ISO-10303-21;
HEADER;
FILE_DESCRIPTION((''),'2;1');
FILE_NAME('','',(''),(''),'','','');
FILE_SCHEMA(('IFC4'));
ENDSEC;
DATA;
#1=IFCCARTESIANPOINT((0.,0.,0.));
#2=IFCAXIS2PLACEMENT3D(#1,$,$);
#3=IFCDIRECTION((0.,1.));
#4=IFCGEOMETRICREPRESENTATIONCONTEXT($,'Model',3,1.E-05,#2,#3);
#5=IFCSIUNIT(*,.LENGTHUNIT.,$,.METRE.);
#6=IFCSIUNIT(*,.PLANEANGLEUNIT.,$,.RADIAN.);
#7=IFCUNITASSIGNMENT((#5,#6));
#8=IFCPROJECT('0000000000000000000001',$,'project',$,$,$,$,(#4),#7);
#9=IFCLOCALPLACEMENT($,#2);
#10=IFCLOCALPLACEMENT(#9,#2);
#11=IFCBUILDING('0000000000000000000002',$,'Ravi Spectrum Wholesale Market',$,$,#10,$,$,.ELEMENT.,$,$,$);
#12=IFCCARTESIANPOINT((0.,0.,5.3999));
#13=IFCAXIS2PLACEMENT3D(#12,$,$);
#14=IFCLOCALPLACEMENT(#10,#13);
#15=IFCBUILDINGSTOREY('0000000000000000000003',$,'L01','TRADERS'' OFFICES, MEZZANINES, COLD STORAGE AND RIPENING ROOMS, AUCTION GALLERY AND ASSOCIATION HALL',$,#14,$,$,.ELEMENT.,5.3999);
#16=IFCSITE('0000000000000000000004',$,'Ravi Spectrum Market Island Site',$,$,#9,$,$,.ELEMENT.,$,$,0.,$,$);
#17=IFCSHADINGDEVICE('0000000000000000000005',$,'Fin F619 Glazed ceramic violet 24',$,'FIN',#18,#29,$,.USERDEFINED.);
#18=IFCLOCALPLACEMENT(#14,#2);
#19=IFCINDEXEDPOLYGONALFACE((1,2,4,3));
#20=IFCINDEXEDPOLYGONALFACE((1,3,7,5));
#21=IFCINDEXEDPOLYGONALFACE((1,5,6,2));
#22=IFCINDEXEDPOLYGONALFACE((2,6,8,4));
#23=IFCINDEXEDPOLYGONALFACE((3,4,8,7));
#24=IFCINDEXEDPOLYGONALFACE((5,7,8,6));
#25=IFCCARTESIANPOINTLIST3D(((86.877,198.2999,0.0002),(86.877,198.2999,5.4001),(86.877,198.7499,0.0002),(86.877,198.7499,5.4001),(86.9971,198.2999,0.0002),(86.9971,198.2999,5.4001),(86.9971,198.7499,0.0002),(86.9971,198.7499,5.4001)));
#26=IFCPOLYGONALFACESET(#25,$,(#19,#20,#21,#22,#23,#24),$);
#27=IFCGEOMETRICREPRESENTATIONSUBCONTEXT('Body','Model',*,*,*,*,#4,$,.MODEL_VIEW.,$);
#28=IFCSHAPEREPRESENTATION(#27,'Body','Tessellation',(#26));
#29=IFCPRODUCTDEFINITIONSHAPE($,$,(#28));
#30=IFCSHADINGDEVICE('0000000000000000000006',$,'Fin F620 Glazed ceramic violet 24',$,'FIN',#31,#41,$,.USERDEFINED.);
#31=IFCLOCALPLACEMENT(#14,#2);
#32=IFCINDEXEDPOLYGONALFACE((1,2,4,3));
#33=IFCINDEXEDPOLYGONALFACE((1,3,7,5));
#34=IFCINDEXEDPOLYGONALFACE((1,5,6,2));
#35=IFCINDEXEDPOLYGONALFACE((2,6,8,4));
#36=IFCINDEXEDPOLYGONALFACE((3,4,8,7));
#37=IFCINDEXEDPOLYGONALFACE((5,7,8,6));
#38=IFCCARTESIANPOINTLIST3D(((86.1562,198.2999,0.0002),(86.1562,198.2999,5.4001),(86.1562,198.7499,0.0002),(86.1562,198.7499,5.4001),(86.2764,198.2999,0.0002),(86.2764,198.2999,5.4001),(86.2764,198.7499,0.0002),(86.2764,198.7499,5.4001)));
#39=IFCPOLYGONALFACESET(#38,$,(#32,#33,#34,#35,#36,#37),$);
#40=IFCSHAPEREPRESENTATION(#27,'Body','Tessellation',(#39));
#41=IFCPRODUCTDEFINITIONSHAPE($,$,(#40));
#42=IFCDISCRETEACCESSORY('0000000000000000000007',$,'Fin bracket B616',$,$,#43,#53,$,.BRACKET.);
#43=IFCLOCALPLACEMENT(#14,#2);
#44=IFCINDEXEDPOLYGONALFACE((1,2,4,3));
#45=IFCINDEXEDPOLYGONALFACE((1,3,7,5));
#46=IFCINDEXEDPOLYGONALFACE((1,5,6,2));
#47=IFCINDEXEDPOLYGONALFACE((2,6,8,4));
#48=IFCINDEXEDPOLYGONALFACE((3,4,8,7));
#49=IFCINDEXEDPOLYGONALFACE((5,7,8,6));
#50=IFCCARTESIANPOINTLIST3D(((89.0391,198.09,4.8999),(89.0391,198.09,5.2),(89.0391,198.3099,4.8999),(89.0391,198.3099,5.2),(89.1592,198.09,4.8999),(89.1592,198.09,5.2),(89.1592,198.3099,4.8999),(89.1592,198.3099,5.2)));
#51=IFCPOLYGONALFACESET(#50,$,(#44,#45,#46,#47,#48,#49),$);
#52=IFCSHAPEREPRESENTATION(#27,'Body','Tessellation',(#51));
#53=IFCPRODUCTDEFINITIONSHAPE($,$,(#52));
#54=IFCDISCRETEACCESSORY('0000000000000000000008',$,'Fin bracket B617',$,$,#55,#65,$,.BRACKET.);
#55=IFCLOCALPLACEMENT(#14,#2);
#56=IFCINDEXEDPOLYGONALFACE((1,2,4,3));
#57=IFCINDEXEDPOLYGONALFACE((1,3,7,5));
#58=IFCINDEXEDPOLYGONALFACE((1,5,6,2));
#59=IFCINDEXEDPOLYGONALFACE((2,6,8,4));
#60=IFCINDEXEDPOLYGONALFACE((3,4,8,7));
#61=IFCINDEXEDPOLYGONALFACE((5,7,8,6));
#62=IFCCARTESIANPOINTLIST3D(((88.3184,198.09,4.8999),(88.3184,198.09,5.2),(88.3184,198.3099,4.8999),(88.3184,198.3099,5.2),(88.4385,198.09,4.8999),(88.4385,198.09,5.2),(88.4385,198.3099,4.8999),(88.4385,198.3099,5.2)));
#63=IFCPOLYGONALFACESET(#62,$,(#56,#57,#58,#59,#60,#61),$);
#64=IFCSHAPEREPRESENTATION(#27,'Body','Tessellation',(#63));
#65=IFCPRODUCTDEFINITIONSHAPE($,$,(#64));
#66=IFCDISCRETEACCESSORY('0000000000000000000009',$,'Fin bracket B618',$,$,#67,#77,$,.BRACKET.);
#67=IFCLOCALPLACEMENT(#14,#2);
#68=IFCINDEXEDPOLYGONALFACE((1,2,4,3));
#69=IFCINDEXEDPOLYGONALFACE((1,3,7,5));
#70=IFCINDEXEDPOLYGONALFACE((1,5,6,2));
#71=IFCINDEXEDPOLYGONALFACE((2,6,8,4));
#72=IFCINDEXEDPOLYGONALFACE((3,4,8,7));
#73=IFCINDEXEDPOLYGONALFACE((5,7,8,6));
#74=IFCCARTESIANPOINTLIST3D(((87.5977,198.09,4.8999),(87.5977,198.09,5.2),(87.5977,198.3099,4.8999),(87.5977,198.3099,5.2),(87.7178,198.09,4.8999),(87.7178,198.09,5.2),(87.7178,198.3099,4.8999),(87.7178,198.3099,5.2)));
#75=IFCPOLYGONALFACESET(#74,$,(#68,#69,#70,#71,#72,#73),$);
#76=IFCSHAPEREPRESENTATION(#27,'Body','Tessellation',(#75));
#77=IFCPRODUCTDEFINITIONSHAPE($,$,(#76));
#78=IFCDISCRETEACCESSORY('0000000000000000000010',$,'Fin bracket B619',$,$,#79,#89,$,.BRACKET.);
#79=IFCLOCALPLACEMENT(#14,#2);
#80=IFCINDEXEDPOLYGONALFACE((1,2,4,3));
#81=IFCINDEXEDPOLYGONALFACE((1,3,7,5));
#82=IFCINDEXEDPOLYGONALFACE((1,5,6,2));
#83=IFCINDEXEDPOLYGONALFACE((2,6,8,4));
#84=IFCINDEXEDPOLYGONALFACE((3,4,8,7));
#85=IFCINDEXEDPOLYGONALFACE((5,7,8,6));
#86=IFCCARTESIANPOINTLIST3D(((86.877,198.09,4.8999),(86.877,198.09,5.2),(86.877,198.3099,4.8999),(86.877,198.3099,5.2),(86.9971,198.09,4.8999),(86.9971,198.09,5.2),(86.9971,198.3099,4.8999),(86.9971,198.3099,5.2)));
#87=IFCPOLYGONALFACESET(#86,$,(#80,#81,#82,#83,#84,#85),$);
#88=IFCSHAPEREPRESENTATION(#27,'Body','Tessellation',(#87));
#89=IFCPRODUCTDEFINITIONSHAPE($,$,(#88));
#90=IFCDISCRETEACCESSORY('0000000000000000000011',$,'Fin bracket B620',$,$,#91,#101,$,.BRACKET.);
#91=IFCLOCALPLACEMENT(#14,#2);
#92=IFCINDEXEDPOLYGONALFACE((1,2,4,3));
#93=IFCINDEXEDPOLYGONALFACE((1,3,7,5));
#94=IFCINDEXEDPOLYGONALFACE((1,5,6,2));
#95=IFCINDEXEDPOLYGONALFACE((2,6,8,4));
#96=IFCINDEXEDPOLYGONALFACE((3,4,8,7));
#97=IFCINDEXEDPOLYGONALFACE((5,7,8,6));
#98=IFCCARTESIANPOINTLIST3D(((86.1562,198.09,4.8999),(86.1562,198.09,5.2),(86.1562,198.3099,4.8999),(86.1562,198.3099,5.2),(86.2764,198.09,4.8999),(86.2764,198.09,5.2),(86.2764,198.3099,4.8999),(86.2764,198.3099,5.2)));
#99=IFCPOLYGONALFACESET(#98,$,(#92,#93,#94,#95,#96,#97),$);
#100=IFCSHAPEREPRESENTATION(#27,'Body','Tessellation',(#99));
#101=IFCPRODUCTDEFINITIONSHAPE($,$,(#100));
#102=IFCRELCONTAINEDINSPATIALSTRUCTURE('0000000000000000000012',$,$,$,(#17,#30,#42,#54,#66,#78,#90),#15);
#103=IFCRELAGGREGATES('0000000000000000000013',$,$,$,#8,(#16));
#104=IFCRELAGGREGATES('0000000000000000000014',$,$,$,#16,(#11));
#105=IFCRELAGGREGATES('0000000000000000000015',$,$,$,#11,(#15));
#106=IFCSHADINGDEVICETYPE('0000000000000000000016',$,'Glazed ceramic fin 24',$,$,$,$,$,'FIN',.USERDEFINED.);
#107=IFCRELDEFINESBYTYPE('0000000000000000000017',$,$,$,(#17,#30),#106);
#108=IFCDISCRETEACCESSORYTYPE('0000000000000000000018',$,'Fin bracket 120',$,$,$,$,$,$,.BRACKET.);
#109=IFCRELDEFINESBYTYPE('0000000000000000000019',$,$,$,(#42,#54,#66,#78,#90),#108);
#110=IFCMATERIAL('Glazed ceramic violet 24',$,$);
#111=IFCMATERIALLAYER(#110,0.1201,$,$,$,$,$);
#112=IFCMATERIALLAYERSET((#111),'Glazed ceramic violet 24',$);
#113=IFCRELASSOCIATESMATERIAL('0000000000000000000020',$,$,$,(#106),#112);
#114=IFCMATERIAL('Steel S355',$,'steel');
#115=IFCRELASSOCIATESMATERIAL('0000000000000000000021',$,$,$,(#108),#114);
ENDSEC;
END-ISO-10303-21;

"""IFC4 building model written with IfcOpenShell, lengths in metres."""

from ifc_helpers import new_model, si_unit, direction, frame, origin, origin_2d, place, context, subcontext, project, spatial, rectangle, extrude, material, layer, layer_set, type_object, element, save


model = new_model("IFC4")

# Units and contexts
model_context = context("Model", 3, precision=1e-05, world=origin(), true_north=direction((0.0, 1.0)))
body_context = subcontext(model_context, "Body", "Model", "MODEL_VIEW")
ifc_project = project(units=[si_unit("LENGTHUNIT", "METRE"), si_unit("PLANEANGLEUNIT", "RADIAN")], contexts=[model_context])

# Site, building, storey
site_placement = place(None, origin())
site = spatial("IfcSite", under=ifc_project, at=site_placement, Name="Ravi Spectrum Market Island Site", CompositionType="ELEMENT", RefElevation=0.0)
building_placement = place(site_placement, origin())
building = spatial("IfcBuilding", under=site, at=building_placement, Name="Ravi Spectrum Wholesale Market", CompositionType="ELEMENT")
storey_placement = place(building_placement, frame((0.0, 0.0, 5.3999)))
storey = spatial("IfcBuildingStorey", under=building, at=storey_placement, Name="L01", Description="TRADERS' OFFICES, MEZZANINES, COLD STORAGE AND RIPENING ROOMS, AUCTION GALLERY AND ASSOCIATION HALL", CompositionType="ELEMENT", Elevation=5.3999)

# Shading devices
ifc_material_1 = material(Name="Glazed ceramic violet 24")
ifc_layer_1 = layer(ifc_material_1, 0.1201)
ifc_layer_set_1 = layer_set([ifc_layer_1], Name="Glazed ceramic violet 24")
shading_device_type = type_object("IfcShadingDeviceType", Name="Glazed ceramic fin 24", ElementType="FIN", PredefinedType="USERDEFINED", material=ifc_layer_set_1)
for number, where, z_axis, x_axis, name in (
    (1, (86.937, 198.5249, 0.0002), (0.0, 0.0, 1.0), (-1.0, 0.0, 0.0), "Fin F619 Glazed ceramic violet 24"),
    (2, (86.2163, 198.5249, 0.0002), (0.0, 0.0, 1.0), (-1.0, 0.0, 0.0), "Fin F620 Glazed ceramic violet 24"),
):
    element("IfcShadingDevice", number, at=place(storey_placement, frame(where, z_axis=z_axis, x_axis=x_axis)), inside=storey, type_object=shading_device_type, Name=name, ObjectType="FIN", PredefinedType="USERDEFINED", context=body_context, shape_type="SweptSolid", body=[
        extrude(rectangle(XDim=0.1201, YDim=0.45, at=origin_2d()), origin(), (0.0, 0.0, 1.0), 5.3999),
    ])

# Discrete accessories
ifc_material_2 = material(Name="Steel S355", Category="steel")
discrete_accessory_type = type_object("IfcDiscreteAccessoryType", Name="Fin bracket 120", PredefinedType="BRACKET", material=ifc_material_2)
for number, where, z_axis, x_axis, name in (
    (3, (89.0991, 198.2, 4.8999), (0.0, 0.0, 1.0), (-1.0, 0.0, 0.0), "Fin bracket B616"),
    (4, (88.3784, 198.2, 4.8999), (0.0, 0.0, 1.0), (-1.0, 0.0, 0.0), "Fin bracket B617"),
    (5, (87.6577, 198.2, 4.8999), (0.0, 0.0, 1.0), (-1.0, 0.0, 0.0), "Fin bracket B618"),
    (6, (86.937, 198.2, 4.8999), (0.0, 0.0, 1.0), (-1.0, 0.0, 0.0), "Fin bracket B619"),
    (7, (86.2163, 198.2, 4.8999), (0.0, 0.0, 1.0), (-1.0, 0.0, 0.0), "Fin bracket B620"),
):
    element("IfcDiscreteAccessory", number, at=place(storey_placement, frame(where, z_axis=z_axis, x_axis=x_axis)), inside=storey, type_object=discrete_accessory_type, Name=name, PredefinedType="BRACKET", context=body_context, shape_type="SweptSolid", body=[
        extrude(rectangle(XDim=0.1201, YDim=0.22, at=origin_2d()), origin(), (0.0, 0.0, 1.0), 0.3),
    ])

save(model, "model.ifc")
